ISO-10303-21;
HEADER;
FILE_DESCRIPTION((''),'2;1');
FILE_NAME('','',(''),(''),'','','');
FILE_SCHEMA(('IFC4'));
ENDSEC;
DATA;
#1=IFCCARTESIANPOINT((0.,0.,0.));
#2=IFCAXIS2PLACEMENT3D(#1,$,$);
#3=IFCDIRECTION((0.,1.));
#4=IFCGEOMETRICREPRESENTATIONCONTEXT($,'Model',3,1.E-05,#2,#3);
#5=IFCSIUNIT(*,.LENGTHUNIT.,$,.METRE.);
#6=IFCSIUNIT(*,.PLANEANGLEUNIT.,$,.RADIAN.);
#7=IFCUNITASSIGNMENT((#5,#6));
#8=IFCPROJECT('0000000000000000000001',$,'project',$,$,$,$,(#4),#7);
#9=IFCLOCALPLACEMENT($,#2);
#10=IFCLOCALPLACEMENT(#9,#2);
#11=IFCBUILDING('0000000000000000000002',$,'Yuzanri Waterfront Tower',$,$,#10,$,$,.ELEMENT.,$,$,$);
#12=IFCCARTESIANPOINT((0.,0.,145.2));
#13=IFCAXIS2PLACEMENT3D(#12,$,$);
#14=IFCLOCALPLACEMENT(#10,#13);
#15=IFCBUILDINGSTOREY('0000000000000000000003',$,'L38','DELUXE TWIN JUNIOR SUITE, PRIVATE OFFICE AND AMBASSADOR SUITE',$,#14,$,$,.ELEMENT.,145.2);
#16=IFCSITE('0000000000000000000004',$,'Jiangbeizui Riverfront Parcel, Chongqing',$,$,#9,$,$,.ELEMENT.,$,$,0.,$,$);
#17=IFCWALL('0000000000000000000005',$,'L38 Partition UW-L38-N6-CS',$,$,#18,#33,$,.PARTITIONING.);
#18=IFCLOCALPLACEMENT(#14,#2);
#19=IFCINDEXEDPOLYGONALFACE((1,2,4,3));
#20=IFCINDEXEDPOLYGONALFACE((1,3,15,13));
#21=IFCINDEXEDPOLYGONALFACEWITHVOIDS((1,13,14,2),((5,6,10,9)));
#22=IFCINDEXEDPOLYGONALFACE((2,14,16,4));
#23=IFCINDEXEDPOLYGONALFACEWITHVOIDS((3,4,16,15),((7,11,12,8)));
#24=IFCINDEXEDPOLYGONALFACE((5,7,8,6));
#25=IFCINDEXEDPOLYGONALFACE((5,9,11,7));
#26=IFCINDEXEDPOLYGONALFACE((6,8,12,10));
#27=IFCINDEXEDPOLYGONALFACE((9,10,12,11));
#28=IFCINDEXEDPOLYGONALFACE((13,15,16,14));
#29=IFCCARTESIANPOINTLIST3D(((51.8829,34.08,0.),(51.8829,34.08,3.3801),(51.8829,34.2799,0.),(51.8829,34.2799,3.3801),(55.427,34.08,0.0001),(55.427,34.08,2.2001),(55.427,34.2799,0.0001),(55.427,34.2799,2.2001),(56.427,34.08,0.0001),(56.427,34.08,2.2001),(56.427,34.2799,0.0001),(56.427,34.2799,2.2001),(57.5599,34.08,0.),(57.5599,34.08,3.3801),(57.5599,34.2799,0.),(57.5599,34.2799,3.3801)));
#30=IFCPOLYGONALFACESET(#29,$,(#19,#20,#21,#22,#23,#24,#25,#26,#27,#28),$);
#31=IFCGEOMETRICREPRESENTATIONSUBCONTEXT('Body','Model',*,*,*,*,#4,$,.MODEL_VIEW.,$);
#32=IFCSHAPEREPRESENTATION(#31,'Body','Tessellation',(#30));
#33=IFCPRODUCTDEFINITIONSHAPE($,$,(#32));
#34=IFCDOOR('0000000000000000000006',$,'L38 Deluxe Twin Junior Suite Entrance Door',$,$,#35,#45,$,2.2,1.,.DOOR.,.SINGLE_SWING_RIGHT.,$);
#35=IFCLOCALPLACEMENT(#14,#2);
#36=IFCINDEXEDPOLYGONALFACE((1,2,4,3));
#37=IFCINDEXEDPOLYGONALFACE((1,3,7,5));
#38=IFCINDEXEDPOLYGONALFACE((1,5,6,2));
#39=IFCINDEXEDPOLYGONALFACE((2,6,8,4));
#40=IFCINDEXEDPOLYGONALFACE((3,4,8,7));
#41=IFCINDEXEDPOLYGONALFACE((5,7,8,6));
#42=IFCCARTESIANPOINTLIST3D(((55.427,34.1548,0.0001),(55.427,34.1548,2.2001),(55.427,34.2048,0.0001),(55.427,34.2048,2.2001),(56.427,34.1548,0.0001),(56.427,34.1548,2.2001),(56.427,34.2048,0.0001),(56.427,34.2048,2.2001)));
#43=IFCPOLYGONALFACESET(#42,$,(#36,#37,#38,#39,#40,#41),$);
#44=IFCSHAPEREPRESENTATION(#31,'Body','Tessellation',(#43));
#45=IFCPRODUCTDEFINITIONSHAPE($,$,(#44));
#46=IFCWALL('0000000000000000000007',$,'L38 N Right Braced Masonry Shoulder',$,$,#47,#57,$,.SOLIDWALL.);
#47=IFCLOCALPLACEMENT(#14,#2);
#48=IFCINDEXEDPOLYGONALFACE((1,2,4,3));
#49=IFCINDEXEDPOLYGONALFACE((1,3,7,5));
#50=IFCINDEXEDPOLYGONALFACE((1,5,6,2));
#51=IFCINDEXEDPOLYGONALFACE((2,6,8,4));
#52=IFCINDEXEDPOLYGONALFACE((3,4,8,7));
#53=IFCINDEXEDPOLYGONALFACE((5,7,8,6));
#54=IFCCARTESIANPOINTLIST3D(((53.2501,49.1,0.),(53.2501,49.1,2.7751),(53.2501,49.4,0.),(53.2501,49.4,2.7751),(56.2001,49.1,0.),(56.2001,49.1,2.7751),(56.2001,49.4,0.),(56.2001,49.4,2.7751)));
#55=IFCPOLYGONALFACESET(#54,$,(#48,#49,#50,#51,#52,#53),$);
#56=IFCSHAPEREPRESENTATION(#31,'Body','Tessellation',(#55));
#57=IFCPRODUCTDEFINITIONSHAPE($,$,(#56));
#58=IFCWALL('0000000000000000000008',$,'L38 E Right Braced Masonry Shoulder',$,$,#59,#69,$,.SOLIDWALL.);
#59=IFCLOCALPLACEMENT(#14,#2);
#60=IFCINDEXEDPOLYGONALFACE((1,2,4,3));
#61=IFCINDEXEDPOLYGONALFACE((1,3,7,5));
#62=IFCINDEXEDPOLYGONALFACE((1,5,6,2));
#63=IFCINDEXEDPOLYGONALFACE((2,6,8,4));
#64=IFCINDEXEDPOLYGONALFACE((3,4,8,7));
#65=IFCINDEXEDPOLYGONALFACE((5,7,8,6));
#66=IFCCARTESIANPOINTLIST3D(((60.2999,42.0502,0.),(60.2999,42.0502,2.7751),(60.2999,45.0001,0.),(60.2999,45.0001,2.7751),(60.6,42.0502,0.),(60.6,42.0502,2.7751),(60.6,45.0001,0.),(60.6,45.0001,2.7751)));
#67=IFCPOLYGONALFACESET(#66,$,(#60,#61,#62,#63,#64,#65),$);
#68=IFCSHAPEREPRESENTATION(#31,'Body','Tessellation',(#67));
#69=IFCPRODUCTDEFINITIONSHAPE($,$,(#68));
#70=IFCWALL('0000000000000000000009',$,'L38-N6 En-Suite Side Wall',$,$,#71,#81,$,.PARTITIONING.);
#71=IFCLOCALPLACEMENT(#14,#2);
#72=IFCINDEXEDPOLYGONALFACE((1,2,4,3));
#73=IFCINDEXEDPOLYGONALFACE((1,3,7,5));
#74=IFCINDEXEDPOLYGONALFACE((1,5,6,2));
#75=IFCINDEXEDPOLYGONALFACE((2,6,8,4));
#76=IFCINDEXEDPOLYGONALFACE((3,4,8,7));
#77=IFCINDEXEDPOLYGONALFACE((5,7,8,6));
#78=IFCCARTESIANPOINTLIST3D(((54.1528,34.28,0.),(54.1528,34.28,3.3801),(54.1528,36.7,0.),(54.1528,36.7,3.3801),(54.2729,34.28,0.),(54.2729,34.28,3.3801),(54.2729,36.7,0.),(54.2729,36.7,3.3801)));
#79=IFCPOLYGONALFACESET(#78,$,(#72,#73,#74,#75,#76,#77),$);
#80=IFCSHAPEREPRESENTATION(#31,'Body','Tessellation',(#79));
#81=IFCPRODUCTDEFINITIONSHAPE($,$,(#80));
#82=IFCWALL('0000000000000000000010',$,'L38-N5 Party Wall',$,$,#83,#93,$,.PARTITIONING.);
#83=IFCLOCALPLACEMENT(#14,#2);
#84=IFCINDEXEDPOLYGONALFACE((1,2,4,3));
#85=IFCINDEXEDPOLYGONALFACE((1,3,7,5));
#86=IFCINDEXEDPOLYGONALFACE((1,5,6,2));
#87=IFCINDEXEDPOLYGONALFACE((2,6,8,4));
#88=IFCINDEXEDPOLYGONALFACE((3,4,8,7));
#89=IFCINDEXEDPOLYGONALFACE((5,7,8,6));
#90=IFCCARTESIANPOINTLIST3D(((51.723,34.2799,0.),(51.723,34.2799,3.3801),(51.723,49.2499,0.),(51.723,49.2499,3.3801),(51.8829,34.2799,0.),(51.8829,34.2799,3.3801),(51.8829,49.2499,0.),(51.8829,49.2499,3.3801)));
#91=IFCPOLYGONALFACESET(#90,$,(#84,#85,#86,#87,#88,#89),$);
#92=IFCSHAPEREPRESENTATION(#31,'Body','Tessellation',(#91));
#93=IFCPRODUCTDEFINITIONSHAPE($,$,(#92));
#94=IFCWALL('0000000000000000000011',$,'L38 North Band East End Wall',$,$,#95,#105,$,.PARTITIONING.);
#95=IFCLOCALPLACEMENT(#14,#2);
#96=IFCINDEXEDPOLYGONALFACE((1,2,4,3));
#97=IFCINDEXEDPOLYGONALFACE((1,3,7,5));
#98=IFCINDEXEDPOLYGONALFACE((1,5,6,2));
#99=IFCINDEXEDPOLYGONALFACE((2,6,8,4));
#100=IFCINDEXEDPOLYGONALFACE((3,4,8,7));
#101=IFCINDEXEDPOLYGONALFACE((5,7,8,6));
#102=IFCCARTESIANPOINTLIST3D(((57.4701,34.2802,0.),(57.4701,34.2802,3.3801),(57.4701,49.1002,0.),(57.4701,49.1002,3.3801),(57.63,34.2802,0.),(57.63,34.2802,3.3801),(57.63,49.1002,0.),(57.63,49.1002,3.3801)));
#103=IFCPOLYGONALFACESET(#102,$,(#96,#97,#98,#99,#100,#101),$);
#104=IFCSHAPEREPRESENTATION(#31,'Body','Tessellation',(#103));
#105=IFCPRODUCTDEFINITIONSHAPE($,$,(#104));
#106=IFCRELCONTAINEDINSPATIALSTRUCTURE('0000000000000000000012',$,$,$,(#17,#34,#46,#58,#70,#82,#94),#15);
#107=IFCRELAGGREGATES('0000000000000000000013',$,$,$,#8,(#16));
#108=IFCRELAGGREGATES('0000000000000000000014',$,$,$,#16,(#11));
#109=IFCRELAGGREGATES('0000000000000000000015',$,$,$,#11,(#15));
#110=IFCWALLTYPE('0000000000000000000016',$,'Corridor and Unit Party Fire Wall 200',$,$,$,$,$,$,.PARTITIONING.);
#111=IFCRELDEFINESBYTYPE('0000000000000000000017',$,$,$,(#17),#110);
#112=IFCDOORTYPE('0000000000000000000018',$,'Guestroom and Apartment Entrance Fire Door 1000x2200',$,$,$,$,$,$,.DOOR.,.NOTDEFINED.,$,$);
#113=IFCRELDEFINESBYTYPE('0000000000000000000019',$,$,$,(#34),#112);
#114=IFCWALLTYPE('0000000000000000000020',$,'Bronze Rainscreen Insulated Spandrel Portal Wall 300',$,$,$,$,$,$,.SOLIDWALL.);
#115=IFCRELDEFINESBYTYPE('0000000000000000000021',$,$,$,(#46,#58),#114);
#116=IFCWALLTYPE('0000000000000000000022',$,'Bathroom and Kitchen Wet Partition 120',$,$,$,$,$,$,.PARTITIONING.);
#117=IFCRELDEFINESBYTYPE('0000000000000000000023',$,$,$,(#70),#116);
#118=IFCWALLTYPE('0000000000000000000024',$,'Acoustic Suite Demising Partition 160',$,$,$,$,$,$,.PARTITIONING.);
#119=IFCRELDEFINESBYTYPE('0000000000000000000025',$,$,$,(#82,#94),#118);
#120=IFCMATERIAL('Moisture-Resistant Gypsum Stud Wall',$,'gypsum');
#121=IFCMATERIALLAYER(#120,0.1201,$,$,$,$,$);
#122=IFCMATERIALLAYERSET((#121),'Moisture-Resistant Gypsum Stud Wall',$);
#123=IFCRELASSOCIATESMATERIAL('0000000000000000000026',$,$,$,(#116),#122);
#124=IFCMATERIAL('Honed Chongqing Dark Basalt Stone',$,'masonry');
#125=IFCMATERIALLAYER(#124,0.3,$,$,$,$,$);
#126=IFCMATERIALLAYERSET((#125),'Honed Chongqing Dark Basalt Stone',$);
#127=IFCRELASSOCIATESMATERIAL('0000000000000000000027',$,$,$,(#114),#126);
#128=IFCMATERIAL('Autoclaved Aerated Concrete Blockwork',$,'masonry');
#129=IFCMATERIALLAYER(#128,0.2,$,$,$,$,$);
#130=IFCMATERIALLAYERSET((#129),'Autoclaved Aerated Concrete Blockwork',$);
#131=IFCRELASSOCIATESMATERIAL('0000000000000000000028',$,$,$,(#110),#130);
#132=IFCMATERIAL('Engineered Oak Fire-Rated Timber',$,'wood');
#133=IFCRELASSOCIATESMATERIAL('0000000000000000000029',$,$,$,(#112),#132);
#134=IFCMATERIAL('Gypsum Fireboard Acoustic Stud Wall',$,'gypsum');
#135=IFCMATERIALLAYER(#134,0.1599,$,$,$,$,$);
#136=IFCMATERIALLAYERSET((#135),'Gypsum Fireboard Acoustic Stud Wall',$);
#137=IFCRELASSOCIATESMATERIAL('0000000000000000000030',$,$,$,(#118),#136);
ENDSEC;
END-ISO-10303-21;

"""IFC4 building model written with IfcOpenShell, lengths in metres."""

from ifc_helpers import new_model, si_unit, direction, frame, frame_2d, origin, place, context, subcontext, project, spatial, rectangle, extrude, source, transform, mapped, material, layer, layer_set, type_object, element, fill, save


model = new_model("IFC4")

# Units and contexts
model_context = context("Model", 3, precision=1e-05, world=origin(), true_north=direction((0.0, 1.0)))
body_context = subcontext(model_context, "Body", "Model", "MODEL_VIEW")
ifc_project = project(units=[si_unit("LENGTHUNIT", "METRE"), si_unit("PLANEANGLEUNIT", "RADIAN")], contexts=[model_context])

# Site, building, storey
site_placement = place(None, origin())
site = spatial("IfcSite", under=ifc_project, at=site_placement, Name="Jiangbeizui Riverfront Parcel, Chongqing", CompositionType="ELEMENT", RefElevation=0.0)
building_placement = place(site_placement, origin())
building = spatial("IfcBuilding", under=site, at=building_placement, Name="Yuzanri Waterfront Tower", CompositionType="ELEMENT")
storey_placement = place(building_placement, frame((0.0, 0.0, 145.2)))
storey = spatial("IfcBuildingStorey", under=building, at=storey_placement, Name="L38", Description="DELUXE TWIN JUNIOR SUITE, PRIVATE OFFICE AND AMBASSADOR SUITE", CompositionType="ELEMENT", Elevation=145.2)

# Shared definitions
ifc_material_1 = material(Name="Moisture-Resistant Gypsum Stud Wall", Category="gypsum")
ifc_layer_1 = layer(ifc_material_1, 0.1201)
ifc_layer_set_1 = layer_set([ifc_layer_1], Name="Moisture-Resistant Gypsum Stud Wall")
wall_type_1 = type_object("IfcWallType", Name="Bathroom and Kitchen Wet Partition 120", PredefinedType="PARTITIONING", material=ifc_layer_set_1)

# Shared definitions
ifc_material_2 = material(Name="Honed Chongqing Dark Basalt Stone", Category="masonry")
ifc_layer_2 = layer(ifc_material_2, 0.3)
ifc_layer_set_2 = layer_set([ifc_layer_2], Name="Honed Chongqing Dark Basalt Stone")
wall_type_2 = type_object("IfcWallType", Name="Bronze Rainscreen Insulated Spandrel Portal Wall 300", PredefinedType="SOLIDWALL", material=ifc_layer_set_2)

# Wall, opening, door
ifc_material_3 = material(Name="Autoclaved Aerated Concrete Blockwork", Category="masonry")
ifc_layer_3 = layer(ifc_material_3, 0.2)
ifc_layer_set_3 = layer_set([ifc_layer_3], Name="Autoclaved Aerated Concrete Blockwork")
wall_type_3 = type_object("IfcWallType", Name="Corridor and Unit Party Fire Wall 200", PredefinedType="PARTITIONING", material=ifc_layer_set_3)
wall_1_placement = place(storey_placement, frame((51.8831, 34.1799, 0.0), z_axis=(0.0, 0.0, 1.0), x_axis=(1.0, 0.0, 0.0)))
wall_1 = element("IfcWall", 1, at=wall_1_placement, inside=storey, type_object=wall_type_3, Name="L38 Partition UW-L38-N6-CS", PredefinedType="PARTITIONING", context=body_context, shape_type="SweptSolid", body=[
    extrude(rectangle(XDim=5.677, YDim=0.2, at=frame_2d((2.8384, 0.0))), origin(), (0.0, 0.0, 1.0), 3.3801),
])
opening_1_placement = place(wall_1_placement, frame((3.5439, 0.0, 0.0)))
opening_1 = element("IfcOpeningElement", 2, at=opening_1_placement, cuts=wall_1, PredefinedType="OPENING", context=body_context, shape_type="SweptSolid", body=[
    extrude(rectangle(XDim=1.0, YDim=2.2, at=frame_2d((0.5, 1.1001))), frame((0.0, 0.1147, 0.0), z_axis=(0.0, -1.0, 0.0), x_axis=(1.0, 0.0, 0.0)), (0.0, 0.0, 1.0), 0.2297),
])
ifc_material_4 = material(Name="Engineered Oak Fire-Rated Timber", Category="wood")
door_type_1 = type_object("IfcDoorType", Name="Guestroom and Apartment Entrance Fire Door 1000x2200", OperationType="NOTDEFINED", PredefinedType="DOOR", material=ifc_material_4)
shared_shape_1 = source(origin(), body_context, "Body", "SweptSolid", [
    extrude(rectangle(XDim=1.0, YDim=2.2, at=frame_2d((0.5, 1.1001))), frame((0.0, 0.0249, 0.0), z_axis=(0.0, -1.0, 0.0), x_axis=(1.0, 0.0, 0.0)), (0.0, 0.0, 1.0), 0.05),
])
door_1_placement = place(opening_1_placement, origin())
door_1 = element("IfcDoor", 3, at=door_1_placement, inside=storey, type_object=door_type_1, Name="L38 Deluxe Twin Junior Suite Entrance Door", OperationType="SINGLE_SWING_RIGHT", OverallHeight=2.2, OverallWidth=1.0, PredefinedType="DOOR", context=body_context, shape_type="MappedRepresentation", body=[
    mapped(shared_shape_1, transform((0.0, 0.0, 0.0), scale=1.0)),
])
fill(opening_1, door_1)

# Walls
shared_shape_2 = source(origin(), body_context, "Body", "SweptSolid", [
    extrude(rectangle(XDim=2.95, YDim=0.3, at=frame_2d((1.4751, 0.0))), origin(), (0.0, 0.0, 1.0), 2.7751),
])
for number, where, z_axis, x_axis, name in (
    (4, (53.25, 49.25, 0.0), (0.0, 0.0, 1.0), (1.0, 0.0, 0.0), "L38 N Right Braced Masonry Shoulder"),
    (5, (60.45, 42.05, 0.0), (0.0, 0.0, 1.0), (0.0, 1.0, 0.0), "L38 E Right Braced Masonry Shoulder"),
):
    element("IfcWall", number, at=place(storey_placement, frame(where, z_axis=z_axis, x_axis=x_axis)), inside=storey, type_object=wall_type_2, Name=name, PredefinedType="SOLIDWALL", context=body_context, shape_type="MappedRepresentation", body=[
        mapped(shared_shape_2, transform((0.0, 0.0, 0.0), scale=1.0)),
    ])
shared_shape_3 = source(origin(), body_context, "Body", "SweptSolid", [
    extrude(rectangle(XDim=2.4199, YDim=0.1201, at=frame_2d((1.21, 0.0))), origin(), (0.0, 0.0, 1.0), 3.3801),
])
wall_2_placement = place(storey_placement, frame((54.2129, 34.28, 0.0), z_axis=(0.0, 0.0, 1.0), x_axis=(0.0, 1.0, 0.0)))
element("IfcWall", 6, at=wall_2_placement, inside=storey, type_object=wall_type_1, Name="L38-N6 En-Suite Side Wall", PredefinedType="PARTITIONING", context=body_context, shape_type="MappedRepresentation", body=[
    mapped(shared_shape_3, transform((0.0, 0.0, 0.0), scale=1.0)),
])
ifc_material_5 = material(Name="Gypsum Fireboard Acoustic Stud Wall", Category="gypsum")
ifc_layer_4 = layer(ifc_material_5, 0.1599)
ifc_layer_set_4 = layer_set([ifc_layer_4], Name="Gypsum Fireboard Acoustic Stud Wall")
wall_type_4 = type_object("IfcWallType", Name="Acoustic Suite Demising Partition 160", PredefinedType="PARTITIONING", material=ifc_layer_set_4)
shared_shape_4 = source(origin(), body_context, "Body", "SweptSolid", [
    extrude(rectangle(XDim=14.97, YDim=0.1599, at=frame_2d((7.4849, 0.0))), origin(), (0.0, 0.0, 1.0), 3.3801),
])
wall_3_placement = place(storey_placement, frame((51.803, 34.28, 0.0), z_axis=(0.0, 0.0, 1.0), x_axis=(0.0, 1.0, 0.0)))
element("IfcWall", 7, at=wall_3_placement, inside=storey, type_object=wall_type_4, Name="L38-N5 Party Wall", PredefinedType="PARTITIONING", context=body_context, shape_type="MappedRepresentation", body=[
    mapped(shared_shape_4, transform((0.0, 0.0, 0.0), scale=1.0)),
])
shared_shape_5 = source(origin(), body_context, "Body", "SweptSolid", [
    extrude(rectangle(XDim=14.8201, YDim=0.1599, at=frame_2d((7.4102, 0.0))), origin(), (0.0, 0.0, 1.0), 3.3801),
])
wall_4_placement = place(storey_placement, frame((57.55, 34.28, 0.0), z_axis=(0.0, 0.0, 1.0), x_axis=(0.0, 1.0, 0.0)))
element("IfcWall", 8, at=wall_4_placement, inside=storey, type_object=wall_type_4, Name="L38 North Band East End Wall", PredefinedType="PARTITIONING", context=body_context, shape_type="MappedRepresentation", body=[
    mapped(shared_shape_5, transform((0.0, 0.0, 0.0), scale=1.0)),
])

save(model, "model.ifc")
